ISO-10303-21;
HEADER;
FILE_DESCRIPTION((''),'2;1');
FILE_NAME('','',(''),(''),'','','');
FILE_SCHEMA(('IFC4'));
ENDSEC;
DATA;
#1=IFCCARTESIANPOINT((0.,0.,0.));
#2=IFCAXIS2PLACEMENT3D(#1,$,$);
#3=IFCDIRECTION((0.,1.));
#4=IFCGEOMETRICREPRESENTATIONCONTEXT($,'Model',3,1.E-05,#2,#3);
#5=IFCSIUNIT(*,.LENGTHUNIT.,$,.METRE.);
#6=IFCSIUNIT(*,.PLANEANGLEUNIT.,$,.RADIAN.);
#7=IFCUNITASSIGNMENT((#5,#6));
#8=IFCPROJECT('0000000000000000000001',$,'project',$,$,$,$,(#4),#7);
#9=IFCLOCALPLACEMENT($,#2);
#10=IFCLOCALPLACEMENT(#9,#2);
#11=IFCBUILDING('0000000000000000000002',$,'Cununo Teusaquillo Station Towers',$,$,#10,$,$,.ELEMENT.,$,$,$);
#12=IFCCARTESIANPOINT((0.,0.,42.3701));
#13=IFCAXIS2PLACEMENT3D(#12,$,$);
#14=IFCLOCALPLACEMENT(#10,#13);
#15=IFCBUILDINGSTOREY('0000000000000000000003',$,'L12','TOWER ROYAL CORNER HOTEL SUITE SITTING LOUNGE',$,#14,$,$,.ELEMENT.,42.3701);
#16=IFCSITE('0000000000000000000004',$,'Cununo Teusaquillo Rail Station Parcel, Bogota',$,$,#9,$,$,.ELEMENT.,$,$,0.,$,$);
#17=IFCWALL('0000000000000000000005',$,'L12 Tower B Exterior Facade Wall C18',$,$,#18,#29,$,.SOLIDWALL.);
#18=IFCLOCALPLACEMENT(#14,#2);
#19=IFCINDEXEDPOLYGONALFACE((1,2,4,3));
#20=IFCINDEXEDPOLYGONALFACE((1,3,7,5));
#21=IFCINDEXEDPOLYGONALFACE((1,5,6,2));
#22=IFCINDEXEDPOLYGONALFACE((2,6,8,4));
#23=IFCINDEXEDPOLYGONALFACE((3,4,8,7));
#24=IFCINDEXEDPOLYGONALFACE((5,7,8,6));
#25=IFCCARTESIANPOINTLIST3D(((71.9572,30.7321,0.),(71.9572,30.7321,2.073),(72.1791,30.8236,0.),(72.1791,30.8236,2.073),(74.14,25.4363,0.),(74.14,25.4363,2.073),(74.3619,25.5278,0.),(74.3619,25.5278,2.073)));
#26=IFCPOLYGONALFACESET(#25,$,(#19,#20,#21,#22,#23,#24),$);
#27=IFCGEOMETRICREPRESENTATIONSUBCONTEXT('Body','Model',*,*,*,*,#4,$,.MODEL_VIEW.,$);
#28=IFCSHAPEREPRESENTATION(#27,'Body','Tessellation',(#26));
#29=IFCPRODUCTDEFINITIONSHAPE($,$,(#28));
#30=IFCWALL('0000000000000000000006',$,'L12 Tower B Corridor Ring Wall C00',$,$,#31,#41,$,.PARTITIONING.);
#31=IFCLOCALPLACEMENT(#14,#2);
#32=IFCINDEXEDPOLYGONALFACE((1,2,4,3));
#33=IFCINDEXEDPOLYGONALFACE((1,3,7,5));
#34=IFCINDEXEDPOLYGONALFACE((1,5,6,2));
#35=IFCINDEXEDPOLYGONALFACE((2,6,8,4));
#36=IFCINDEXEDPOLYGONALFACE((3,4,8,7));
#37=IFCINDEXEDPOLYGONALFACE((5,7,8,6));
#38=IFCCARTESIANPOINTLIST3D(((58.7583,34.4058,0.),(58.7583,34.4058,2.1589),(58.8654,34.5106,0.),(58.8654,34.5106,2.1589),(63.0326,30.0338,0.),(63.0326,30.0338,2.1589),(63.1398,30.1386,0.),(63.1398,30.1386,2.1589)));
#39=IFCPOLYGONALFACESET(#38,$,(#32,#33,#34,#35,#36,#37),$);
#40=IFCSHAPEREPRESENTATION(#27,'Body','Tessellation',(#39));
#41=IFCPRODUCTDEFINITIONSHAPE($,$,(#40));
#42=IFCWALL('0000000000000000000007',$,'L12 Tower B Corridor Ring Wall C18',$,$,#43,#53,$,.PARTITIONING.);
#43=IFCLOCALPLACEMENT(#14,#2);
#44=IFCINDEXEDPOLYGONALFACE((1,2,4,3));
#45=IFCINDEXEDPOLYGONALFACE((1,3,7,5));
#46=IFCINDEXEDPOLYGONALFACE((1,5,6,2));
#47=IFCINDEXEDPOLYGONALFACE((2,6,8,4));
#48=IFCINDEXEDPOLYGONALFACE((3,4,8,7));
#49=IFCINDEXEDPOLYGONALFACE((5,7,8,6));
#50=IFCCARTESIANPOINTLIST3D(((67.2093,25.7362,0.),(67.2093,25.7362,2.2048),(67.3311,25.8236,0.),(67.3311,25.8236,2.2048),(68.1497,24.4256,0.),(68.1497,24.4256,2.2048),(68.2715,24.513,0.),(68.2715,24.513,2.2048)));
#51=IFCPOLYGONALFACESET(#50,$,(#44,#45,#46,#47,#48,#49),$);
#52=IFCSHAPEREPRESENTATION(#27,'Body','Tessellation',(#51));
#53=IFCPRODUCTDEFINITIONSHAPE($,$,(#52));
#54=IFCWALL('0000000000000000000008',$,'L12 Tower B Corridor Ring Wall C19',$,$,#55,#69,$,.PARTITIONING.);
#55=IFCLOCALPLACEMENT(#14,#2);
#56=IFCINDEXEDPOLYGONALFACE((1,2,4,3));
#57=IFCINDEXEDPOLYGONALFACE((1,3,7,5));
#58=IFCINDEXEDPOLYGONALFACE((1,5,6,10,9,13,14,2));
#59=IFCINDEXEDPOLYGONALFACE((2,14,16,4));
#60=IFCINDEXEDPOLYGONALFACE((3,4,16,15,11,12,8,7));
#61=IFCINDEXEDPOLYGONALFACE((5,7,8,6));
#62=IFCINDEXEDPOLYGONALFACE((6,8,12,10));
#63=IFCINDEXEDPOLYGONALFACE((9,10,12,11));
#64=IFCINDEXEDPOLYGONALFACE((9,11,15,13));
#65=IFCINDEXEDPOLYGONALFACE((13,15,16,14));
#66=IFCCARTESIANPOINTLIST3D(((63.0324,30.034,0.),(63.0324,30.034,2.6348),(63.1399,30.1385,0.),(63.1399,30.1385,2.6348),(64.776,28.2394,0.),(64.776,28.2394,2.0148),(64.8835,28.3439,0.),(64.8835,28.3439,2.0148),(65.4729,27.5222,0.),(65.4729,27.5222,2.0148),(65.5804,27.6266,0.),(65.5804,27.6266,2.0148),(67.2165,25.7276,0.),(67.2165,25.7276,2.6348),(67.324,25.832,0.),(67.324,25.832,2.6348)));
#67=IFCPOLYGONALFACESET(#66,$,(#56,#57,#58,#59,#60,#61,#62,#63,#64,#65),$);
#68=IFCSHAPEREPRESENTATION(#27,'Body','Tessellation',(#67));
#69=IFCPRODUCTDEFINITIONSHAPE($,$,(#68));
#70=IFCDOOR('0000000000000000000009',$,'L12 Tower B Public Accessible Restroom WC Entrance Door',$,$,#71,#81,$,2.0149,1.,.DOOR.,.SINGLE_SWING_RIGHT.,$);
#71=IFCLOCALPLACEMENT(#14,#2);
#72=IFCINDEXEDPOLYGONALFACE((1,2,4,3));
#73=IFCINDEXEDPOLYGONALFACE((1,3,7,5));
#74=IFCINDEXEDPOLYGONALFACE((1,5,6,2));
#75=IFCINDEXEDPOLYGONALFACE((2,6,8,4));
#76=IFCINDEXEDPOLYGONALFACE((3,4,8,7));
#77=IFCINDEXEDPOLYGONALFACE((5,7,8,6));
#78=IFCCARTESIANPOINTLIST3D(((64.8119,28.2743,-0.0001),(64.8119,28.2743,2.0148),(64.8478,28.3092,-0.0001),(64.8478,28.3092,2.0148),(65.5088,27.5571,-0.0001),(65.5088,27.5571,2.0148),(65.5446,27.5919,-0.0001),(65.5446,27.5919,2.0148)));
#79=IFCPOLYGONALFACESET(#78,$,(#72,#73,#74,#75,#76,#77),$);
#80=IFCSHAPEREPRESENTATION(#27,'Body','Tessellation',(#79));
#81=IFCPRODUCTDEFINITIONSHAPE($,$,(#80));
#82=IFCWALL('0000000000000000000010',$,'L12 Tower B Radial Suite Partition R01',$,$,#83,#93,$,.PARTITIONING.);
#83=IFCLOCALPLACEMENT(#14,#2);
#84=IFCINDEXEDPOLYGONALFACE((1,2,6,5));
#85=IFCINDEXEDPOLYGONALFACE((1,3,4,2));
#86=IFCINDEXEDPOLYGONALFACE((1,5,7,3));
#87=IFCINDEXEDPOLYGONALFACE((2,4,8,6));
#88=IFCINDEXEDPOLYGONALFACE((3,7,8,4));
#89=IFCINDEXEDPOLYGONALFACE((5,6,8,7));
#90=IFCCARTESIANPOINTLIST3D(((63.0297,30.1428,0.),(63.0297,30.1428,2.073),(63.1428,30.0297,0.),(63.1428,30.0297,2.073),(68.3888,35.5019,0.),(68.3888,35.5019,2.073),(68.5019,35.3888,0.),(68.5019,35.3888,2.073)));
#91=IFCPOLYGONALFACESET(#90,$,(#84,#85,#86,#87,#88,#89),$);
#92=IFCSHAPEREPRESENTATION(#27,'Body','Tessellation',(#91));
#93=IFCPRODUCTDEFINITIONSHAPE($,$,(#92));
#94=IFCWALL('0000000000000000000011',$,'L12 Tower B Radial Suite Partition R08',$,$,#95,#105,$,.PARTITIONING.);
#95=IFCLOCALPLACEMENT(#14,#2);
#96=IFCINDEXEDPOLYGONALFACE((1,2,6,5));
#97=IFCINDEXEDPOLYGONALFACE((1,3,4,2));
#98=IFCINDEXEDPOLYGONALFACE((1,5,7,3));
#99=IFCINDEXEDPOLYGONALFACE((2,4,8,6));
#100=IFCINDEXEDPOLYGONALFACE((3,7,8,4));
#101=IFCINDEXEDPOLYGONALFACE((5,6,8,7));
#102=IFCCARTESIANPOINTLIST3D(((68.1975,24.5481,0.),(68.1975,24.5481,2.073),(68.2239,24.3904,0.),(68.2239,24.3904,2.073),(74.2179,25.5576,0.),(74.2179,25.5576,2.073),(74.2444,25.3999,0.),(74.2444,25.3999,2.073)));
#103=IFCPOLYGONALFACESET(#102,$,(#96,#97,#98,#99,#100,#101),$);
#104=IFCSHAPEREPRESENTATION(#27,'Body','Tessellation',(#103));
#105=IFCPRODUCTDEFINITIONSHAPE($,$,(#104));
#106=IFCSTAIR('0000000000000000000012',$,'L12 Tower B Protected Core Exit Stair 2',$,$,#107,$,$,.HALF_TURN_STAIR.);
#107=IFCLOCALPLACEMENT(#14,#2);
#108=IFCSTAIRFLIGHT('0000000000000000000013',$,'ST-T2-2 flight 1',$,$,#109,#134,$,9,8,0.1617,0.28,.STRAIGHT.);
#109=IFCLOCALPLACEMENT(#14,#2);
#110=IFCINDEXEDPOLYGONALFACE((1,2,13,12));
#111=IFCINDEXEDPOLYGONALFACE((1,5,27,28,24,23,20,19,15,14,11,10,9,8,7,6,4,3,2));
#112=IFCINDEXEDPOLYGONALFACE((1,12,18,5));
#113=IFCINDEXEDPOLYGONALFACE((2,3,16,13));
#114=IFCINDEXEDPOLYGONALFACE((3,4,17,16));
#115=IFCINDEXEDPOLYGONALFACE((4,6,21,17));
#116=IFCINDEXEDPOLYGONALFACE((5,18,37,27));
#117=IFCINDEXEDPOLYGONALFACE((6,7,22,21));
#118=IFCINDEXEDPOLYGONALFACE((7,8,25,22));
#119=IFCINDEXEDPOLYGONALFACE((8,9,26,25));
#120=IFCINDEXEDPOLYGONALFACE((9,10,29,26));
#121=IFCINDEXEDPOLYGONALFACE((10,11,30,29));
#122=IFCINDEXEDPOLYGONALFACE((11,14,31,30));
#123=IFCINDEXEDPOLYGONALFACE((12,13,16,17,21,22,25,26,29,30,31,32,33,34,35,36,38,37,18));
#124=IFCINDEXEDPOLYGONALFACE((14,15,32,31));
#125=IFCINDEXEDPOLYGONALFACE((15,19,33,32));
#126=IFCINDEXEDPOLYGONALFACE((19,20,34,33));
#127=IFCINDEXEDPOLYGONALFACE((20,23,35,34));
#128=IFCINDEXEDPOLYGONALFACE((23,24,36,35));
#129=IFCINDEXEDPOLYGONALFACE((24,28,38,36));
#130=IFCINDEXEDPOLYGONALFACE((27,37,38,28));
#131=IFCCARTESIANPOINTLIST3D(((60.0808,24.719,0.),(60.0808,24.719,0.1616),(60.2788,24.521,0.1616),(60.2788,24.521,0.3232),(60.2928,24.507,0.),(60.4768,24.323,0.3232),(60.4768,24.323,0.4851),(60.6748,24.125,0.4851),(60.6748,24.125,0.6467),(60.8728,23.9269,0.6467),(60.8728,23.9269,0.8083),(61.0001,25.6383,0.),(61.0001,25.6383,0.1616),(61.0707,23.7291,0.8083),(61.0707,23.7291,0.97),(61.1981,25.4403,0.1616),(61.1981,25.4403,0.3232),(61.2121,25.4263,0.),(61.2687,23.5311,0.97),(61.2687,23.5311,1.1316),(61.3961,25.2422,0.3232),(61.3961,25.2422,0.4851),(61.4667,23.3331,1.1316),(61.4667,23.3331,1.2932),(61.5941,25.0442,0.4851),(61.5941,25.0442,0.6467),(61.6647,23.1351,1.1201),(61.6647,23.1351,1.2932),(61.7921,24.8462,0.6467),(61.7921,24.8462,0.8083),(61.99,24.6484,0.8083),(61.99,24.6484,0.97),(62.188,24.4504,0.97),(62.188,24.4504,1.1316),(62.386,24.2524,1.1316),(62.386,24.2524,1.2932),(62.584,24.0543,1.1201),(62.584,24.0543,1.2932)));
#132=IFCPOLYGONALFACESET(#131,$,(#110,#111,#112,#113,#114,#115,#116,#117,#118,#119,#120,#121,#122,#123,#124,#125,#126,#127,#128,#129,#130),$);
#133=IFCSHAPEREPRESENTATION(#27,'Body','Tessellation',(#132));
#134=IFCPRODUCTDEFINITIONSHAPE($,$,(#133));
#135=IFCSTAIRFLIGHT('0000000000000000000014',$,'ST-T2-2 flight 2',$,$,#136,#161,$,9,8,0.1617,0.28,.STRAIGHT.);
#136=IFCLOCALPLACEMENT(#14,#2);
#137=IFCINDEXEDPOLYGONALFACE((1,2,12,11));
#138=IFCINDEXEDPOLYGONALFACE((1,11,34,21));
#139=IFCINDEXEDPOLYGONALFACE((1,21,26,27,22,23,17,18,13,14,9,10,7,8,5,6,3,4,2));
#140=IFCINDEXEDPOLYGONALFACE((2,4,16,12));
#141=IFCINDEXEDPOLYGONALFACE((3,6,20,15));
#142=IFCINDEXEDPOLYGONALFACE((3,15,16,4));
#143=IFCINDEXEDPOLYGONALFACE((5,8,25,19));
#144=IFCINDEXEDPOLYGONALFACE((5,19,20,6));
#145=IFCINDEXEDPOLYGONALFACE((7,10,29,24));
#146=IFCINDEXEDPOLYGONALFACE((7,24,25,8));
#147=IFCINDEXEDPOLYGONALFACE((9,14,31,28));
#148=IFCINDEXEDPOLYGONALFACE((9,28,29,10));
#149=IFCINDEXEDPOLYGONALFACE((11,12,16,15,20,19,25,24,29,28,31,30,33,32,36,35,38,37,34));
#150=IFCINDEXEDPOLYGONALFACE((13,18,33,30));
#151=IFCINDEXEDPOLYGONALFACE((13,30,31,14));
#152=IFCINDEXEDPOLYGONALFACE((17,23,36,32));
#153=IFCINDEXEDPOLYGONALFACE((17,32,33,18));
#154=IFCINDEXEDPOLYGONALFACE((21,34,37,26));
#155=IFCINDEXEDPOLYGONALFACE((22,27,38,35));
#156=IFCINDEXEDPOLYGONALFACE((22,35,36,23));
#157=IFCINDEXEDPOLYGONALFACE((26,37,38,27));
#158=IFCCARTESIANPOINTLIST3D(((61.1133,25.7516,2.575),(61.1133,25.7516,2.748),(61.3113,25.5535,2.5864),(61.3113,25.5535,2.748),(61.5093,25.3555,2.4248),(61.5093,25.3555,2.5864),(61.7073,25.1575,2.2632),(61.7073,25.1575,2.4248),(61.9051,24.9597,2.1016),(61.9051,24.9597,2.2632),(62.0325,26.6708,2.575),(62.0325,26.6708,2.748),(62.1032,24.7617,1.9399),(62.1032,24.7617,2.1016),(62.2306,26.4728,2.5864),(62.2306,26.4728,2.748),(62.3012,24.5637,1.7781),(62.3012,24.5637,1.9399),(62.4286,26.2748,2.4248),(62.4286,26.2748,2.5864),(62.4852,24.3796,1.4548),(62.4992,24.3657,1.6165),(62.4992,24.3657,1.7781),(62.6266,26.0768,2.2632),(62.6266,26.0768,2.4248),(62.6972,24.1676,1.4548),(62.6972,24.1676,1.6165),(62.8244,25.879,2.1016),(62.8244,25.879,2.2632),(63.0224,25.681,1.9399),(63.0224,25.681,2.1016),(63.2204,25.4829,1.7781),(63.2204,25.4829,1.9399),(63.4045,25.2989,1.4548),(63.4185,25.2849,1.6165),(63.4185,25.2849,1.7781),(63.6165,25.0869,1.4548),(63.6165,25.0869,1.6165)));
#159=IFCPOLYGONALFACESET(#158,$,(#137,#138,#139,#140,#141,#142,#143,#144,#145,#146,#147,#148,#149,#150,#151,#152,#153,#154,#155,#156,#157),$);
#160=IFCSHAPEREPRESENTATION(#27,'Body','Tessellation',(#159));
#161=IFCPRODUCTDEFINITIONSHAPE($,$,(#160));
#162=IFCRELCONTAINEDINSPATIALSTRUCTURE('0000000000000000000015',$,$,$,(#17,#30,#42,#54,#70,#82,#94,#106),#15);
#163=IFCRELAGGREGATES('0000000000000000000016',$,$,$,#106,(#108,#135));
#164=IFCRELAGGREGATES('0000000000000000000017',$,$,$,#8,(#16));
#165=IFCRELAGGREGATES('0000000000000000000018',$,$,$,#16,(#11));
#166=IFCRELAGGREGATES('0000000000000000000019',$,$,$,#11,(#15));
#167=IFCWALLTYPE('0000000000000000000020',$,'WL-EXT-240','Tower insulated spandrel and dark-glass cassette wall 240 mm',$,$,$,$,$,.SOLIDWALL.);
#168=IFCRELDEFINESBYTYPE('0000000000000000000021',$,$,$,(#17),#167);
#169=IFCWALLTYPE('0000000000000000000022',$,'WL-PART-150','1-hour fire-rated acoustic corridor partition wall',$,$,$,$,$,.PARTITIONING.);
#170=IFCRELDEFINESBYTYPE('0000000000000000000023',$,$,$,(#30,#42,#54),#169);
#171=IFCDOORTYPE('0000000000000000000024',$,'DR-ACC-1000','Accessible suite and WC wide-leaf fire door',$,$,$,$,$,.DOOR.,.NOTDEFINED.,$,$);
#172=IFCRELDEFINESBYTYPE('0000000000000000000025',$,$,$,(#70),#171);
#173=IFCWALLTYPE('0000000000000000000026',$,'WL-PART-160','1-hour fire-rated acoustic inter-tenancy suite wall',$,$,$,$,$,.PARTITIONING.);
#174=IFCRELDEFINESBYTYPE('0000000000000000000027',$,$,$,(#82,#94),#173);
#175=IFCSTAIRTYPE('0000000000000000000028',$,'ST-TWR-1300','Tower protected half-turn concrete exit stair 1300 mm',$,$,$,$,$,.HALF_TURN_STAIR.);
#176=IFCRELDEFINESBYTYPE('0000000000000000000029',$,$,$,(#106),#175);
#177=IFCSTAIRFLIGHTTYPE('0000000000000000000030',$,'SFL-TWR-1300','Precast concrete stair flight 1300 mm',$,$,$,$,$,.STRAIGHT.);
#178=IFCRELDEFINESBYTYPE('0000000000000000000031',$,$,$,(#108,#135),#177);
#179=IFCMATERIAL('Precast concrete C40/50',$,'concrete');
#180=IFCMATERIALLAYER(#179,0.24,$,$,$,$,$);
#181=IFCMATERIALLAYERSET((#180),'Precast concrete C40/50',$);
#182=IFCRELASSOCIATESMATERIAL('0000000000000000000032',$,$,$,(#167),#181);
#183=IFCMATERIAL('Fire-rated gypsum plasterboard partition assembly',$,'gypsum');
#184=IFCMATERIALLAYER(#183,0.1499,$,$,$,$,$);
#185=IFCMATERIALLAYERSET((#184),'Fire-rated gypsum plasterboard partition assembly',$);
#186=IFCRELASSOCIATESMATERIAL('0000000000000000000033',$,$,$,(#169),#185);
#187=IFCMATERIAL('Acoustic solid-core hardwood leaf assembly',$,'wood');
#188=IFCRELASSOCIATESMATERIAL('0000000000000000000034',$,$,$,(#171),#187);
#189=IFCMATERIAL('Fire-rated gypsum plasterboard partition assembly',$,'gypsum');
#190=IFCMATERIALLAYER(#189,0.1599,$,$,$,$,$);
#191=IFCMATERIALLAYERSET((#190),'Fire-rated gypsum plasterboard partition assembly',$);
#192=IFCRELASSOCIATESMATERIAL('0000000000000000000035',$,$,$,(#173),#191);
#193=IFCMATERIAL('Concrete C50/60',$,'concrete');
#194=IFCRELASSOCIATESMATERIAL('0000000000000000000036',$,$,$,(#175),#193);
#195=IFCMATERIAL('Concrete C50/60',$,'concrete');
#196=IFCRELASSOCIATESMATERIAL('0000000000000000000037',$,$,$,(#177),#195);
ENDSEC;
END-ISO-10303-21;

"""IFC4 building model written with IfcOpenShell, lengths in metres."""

from ifc_helpers import new_model, si_unit, direction, frame, frame_2d, origin, place, context, subcontext, project, spatial, polyline, rectangle, outline, extrude, source, transform, mapped, material, layer, layer_set, type_object, element, fill, aggregate, save


model = new_model("IFC4")

# Units and contexts
model_context = context("Model", 3, precision=1e-05, world=origin(), true_north=direction((0.0, 1.0)))
body_context = subcontext(model_context, "Body", "Model", "MODEL_VIEW")
ifc_project = project(units=[si_unit("LENGTHUNIT", "METRE"), si_unit("PLANEANGLEUNIT", "RADIAN")], contexts=[model_context])

# Site, building, storey
site_placement = place(None, origin())
site = spatial("IfcSite", under=ifc_project, at=site_placement, Name="Cununo Teusaquillo Rail Station Parcel, Bogota", CompositionType="ELEMENT", RefElevation=0.0)
building_placement = place(site_placement, origin())
building = spatial("IfcBuilding", under=site, at=building_placement, Name="Cununo Teusaquillo Station Towers", CompositionType="ELEMENT")
storey_placement = place(building_placement, frame((0.0, 0.0, 42.3701)))
storey = spatial("IfcBuildingStorey", under=building, at=storey_placement, Name="L12", Description="TOWER ROYAL CORNER HOTEL SUITE SITTING LOUNGE", CompositionType="ELEMENT", Elevation=42.3701)

# Shared definitions
ifc_material_1 = material(Name="Precast concrete C40/50", Category="concrete")
ifc_layer_1 = layer(ifc_material_1, 0.24)
ifc_layer_set_1 = layer_set([ifc_layer_1], Name="Precast concrete C40/50")
wall_type_1 = type_object("IfcWallType", Name="WL-EXT-240", Description="Tower insulated spandrel and dark-glass cassette wall 240 mm", PredefinedType="SOLIDWALL", material=ifc_layer_set_1)

# Walls
wall_1_placement = place(storey_placement, frame((72.0681, 30.7778, 0.0), z_axis=(0.0, 0.0, 1.0), x_axis=(0.381078, -0.924543, 0.0)))
element("IfcWall", 1, at=wall_1_placement, inside=storey, type_object=wall_type_1, Name="L12 Tower B Exterior Facade Wall C18", PredefinedType="SOLIDWALL", context=body_context, shape_type="SweptSolid", body=[
    extrude(rectangle(XDim=5.728, YDim=0.24, at=frame_2d((2.864, 0.0))), origin(), (0.0, 0.0, 1.0), 2.073),
])
ifc_material_2 = material(Name="Fire-rated gypsum plasterboard partition assembly", Category="gypsum")
ifc_layer_2 = layer(ifc_material_2, 0.1499)
ifc_layer_set_2 = layer_set([ifc_layer_2], Name="Fire-rated gypsum plasterboard partition assembly")
wall_type_2 = type_object("IfcWallType", Name="WL-PART-150", Description="1-hour fire-rated acoustic corridor partition wall", PredefinedType="PARTITIONING", material=ifc_layer_set_2)
wall_2_placement = place(storey_placement, frame((63.0862, 30.0862, 0.0), z_axis=(0.0, 0.0, 1.0), x_axis=(-0.699076, 0.715047, 0.0)))
element("IfcWall", 2, at=wall_2_placement, inside=storey, type_object=wall_type_2, Name="L12 Tower B Corridor Ring Wall C00", PredefinedType="PARTITIONING", context=body_context, shape_type="SweptSolid", body=[
    extrude(rectangle(XDim=6.1143, YDim=0.1499, at=frame_2d((3.0571, 0.0))), origin(), (0.0, 0.0, 1.0), 2.1589),
])
wall_3_placement = place(storey_placement, frame((68.2107, 24.4692, 0.0), z_axis=(0.0, 0.0, 1.0), x_axis=(-0.583012, 0.812463, 0.0)))
element("IfcWall", 3, at=wall_3_placement, inside=storey, type_object=wall_type_2, Name="L12 Tower B Corridor Ring Wall C18", PredefinedType="PARTITIONING", context=body_context, shape_type="SweptSolid", body=[
    extrude(rectangle(XDim=1.613, YDim=0.1499, at=frame_2d((0.8066, 0.0))), origin(), (0.0, 0.0, 1.0), 2.2048),
])

# Wall, opening, door
wall_4_placement = place(storey_placement, frame((67.2703, 25.7798, 0.0), z_axis=(0.0, 0.0, 1.0), x_axis=(-0.696848, 0.717219, 0.0)))
wall_4 = element("IfcWall", 4, at=wall_4_placement, inside=storey, type_object=wall_type_2, Name="L12 Tower B Corridor Ring Wall C19", PredefinedType="PARTITIONING", context=body_context, shape_type="SweptSolid", body=[
    extrude(rectangle(XDim=6.0044, YDim=0.1499, at=frame_2d((3.0022, 0.0))), origin(), (0.0, 0.0, 1.0), 2.6348),
])
shared_shape_1 = source(origin(), body_context, "Body", "SweptSolid", [
    extrude(rectangle(XDim=1.0, YDim=2.0149, at=frame_2d((0.5, 1.0073))), frame((0.0, 0.085, 0.0), z_axis=(0.0, -1.0, 0.0), x_axis=(1.0, 0.0, 0.0)), (0.0, 0.0, 1.0), 0.1699),
])
opening_1_placement = place(wall_4_placement, frame((2.5022, 0.0, 0.0)))
opening_1 = element("IfcOpeningElement", 5, at=opening_1_placement, cuts=wall_4, PredefinedType="OPENING", context=body_context, shape_type="MappedRepresentation", body=[
    mapped(shared_shape_1, transform((0.0, 0.0, 0.0), x_axis=(1.0, 0.0, 0.0), y_axis=(0.0, 1.0, 0.0), z_axis=(0.0, 0.0, 1.0), scale=1.0)),
])
ifc_material_3 = material(Name="Acoustic solid-core hardwood leaf assembly", Category="wood")
door_type_1 = type_object("IfcDoorType", Name="DR-ACC-1000", Description="Accessible suite and WC wide-leaf fire door", OperationType="NOTDEFINED", PredefinedType="DOOR", material=ifc_material_3)
shared_shape_2 = source(origin(), body_context, "Body", "SweptSolid", [
    extrude(rectangle(XDim=1.0, YDim=2.0149, at=frame_2d((0.5, 1.0073))), frame((0.0, 0.0249, 0.0), z_axis=(0.0, -1.0, 0.0), x_axis=(1.0, 0.0, 0.0)), (0.0, 0.0, 1.0), 0.05),
])
door_1_placement = place(opening_1_placement, origin())
door_1 = element("IfcDoor", 6, at=door_1_placement, inside=storey, type_object=door_type_1, Name="L12 Tower B Public Accessible Restroom WC Entrance Door", OperationType="SINGLE_SWING_RIGHT", OverallHeight=2.0149, OverallWidth=1.0, PredefinedType="DOOR", context=body_context, shape_type="MappedRepresentation", body=[
    mapped(shared_shape_2, transform((0.0, 0.0, 0.0), x_axis=(1.0, 0.0, 0.0), y_axis=(0.0, 1.0, 0.0), z_axis=(0.0, 0.0, 1.0), scale=1.0)),
])
fill(opening_1, door_1)

# Walls
ifc_material_4 = material(Name="Fire-rated gypsum plasterboard partition assembly", Category="gypsum")
ifc_layer_3 = layer(ifc_material_4, 0.1599)
ifc_layer_set_3 = layer_set([ifc_layer_3], Name="Fire-rated gypsum plasterboard partition assembly")
wall_type_3 = type_object("IfcWallType", Name="WL-PART-160", Description="1-hour fire-rated acoustic inter-tenancy suite wall", PredefinedType="PARTITIONING", material=ifc_layer_set_3)
wall_5_placement = place(storey_placement, frame((63.0862, 30.0862, 0.0), z_axis=(0.0, 0.0, 1.0), x_axis=(0.707107, 0.707107, 0.0)))
element("IfcWall", 7, at=wall_5_placement, inside=storey, type_object=wall_type_3, Name="L12 Tower B Radial Suite Partition R01", PredefinedType="PARTITIONING", context=body_context, shape_type="SweptSolid", body=[
    extrude(rectangle(XDim=7.5789, YDim=0.1599, at=frame_2d((3.7896, 0.0))), origin(), (0.0, 0.0, 1.0), 2.073),
])
wall_6_placement = place(storey_placement, frame((68.2107, 24.4692, 0.0), z_axis=(0.0, 0.0, 1.0), x_axis=(0.986231, 0.165372, 0.0)))
element("IfcWall", 8, at=wall_6_placement, inside=storey, type_object=wall_type_3, Name="L12 Tower B Radial Suite Partition R08", PredefinedType="PARTITIONING", context=body_context, shape_type="SweptSolid", body=[
    extrude(rectangle(XDim=6.1045, YDim=0.1599, at=frame_2d((3.0522, 0.0))), origin(), (0.0, 0.0, 1.0), 2.073),
])

# Stair, stair flights
ifc_material_5 = material(Name="Concrete C50/60", Category="concrete")
stair_type = type_object("IfcStairType", Name="ST-TWR-1300", Description="Tower protected half-turn concrete exit stair 1300 mm", PredefinedType="HALF_TURN_STAIR", material=ifc_material_5)
stair_placement = place(storey_placement, origin())
stair = element("IfcStair", 9, at=stair_placement, inside=storey, type_object=stair_type, Name="L12 Tower B Protected Core Exit Stair 2", PredefinedType="HALF_TURN_STAIR")
ifc_material_6 = material(Name="Concrete C50/60", Category="concrete")
stair_flight_type = type_object("IfcStairFlightType", Name="SFL-TWR-1300", Description="Precast concrete stair flight 1300 mm", PredefinedType="STRAIGHT", material=ifc_material_6)
stair_flight_1_placement = place(storey_placement, frame((60.5405, 25.1787, 0.0), z_axis=(0.0, 0.0, 1.0), x_axis=(0.707107, -0.707107, 0.0)))
stair_flight_1 = element("IfcStairFlight", 10, at=stair_flight_1_placement, type_object=stair_flight_type, Name="ST-T2-2 flight 1", NumberOfRisers=9, NumberOfTreads=8, PredefinedType="STRAIGHT", RiserHeight=0.1617, TreadLength=0.28, context=body_context, shape_type="SweptSolid", body=[
    extrude(outline(polyline([(0.0, 0.0), (0.0, 0.1616), (0.28, 0.1616), (0.28, 0.3232), (0.5601, 0.3232), (0.5601, 0.4851), (0.8401, 0.4851), (0.8401, 0.6467), (1.1201, 0.6467), (1.1201, 0.8083), (1.3999, 0.8083), (1.3999, 0.97), (1.6799, 0.97), (1.6799, 1.1316), (1.96, 1.1316), (1.96, 1.2932), (2.24, 1.2932), (2.24, 1.4551), (2.24, 1.1201), (0.2998, 0.0), (0.0, 0.0)])), frame((0.0, 0.6499, 0.0), z_axis=(0.0, -1.0, 0.0), x_axis=(1.0, 0.0, 0.0)), (0.0, 0.0, 1.0), 1.3),
])
stair_flight_2_placement = place(storey_placement, frame((63.1567, 24.6272, 1.4548), z_axis=(0.0, 0.0, 1.0), x_axis=(-0.707107, 0.707107, 0.0)))
stair_flight_2 = element("IfcStairFlight", 11, at=stair_flight_2_placement, type_object=stair_flight_type, Name="ST-T2-2 flight 2", NumberOfRisers=9, NumberOfTreads=8, PredefinedType="STRAIGHT", RiserHeight=0.1617, TreadLength=0.28, context=body_context, shape_type="SweptSolid", body=[
    extrude(outline(polyline([(0.0, 0.0), (0.0, 0.1616), (0.28, 0.1616), (0.28, 0.3232), (0.5601, 0.3232), (0.5601, 0.4851), (0.8401, 0.4851), (0.8401, 0.6467), (1.1201, 0.6467), (1.1201, 0.8083), (1.3999, 0.8083), (1.3999, 0.97), (1.6799, 0.97), (1.6799, 1.1316), (1.96, 1.1316), (1.96, 1.2932), (2.24, 1.2932), (2.24, 1.4551), (2.24, 1.1201), (0.2998, 0.0), (0.0, 0.0)])), frame((0.0, 0.6499, 0.0), z_axis=(0.0, -1.0, 0.0), x_axis=(1.0, 0.0, 0.0)), (0.0, 0.0, 1.0), 1.3),
])
aggregate(stair, [stair_flight_1, stair_flight_2])

save(model, "model.ifc")
